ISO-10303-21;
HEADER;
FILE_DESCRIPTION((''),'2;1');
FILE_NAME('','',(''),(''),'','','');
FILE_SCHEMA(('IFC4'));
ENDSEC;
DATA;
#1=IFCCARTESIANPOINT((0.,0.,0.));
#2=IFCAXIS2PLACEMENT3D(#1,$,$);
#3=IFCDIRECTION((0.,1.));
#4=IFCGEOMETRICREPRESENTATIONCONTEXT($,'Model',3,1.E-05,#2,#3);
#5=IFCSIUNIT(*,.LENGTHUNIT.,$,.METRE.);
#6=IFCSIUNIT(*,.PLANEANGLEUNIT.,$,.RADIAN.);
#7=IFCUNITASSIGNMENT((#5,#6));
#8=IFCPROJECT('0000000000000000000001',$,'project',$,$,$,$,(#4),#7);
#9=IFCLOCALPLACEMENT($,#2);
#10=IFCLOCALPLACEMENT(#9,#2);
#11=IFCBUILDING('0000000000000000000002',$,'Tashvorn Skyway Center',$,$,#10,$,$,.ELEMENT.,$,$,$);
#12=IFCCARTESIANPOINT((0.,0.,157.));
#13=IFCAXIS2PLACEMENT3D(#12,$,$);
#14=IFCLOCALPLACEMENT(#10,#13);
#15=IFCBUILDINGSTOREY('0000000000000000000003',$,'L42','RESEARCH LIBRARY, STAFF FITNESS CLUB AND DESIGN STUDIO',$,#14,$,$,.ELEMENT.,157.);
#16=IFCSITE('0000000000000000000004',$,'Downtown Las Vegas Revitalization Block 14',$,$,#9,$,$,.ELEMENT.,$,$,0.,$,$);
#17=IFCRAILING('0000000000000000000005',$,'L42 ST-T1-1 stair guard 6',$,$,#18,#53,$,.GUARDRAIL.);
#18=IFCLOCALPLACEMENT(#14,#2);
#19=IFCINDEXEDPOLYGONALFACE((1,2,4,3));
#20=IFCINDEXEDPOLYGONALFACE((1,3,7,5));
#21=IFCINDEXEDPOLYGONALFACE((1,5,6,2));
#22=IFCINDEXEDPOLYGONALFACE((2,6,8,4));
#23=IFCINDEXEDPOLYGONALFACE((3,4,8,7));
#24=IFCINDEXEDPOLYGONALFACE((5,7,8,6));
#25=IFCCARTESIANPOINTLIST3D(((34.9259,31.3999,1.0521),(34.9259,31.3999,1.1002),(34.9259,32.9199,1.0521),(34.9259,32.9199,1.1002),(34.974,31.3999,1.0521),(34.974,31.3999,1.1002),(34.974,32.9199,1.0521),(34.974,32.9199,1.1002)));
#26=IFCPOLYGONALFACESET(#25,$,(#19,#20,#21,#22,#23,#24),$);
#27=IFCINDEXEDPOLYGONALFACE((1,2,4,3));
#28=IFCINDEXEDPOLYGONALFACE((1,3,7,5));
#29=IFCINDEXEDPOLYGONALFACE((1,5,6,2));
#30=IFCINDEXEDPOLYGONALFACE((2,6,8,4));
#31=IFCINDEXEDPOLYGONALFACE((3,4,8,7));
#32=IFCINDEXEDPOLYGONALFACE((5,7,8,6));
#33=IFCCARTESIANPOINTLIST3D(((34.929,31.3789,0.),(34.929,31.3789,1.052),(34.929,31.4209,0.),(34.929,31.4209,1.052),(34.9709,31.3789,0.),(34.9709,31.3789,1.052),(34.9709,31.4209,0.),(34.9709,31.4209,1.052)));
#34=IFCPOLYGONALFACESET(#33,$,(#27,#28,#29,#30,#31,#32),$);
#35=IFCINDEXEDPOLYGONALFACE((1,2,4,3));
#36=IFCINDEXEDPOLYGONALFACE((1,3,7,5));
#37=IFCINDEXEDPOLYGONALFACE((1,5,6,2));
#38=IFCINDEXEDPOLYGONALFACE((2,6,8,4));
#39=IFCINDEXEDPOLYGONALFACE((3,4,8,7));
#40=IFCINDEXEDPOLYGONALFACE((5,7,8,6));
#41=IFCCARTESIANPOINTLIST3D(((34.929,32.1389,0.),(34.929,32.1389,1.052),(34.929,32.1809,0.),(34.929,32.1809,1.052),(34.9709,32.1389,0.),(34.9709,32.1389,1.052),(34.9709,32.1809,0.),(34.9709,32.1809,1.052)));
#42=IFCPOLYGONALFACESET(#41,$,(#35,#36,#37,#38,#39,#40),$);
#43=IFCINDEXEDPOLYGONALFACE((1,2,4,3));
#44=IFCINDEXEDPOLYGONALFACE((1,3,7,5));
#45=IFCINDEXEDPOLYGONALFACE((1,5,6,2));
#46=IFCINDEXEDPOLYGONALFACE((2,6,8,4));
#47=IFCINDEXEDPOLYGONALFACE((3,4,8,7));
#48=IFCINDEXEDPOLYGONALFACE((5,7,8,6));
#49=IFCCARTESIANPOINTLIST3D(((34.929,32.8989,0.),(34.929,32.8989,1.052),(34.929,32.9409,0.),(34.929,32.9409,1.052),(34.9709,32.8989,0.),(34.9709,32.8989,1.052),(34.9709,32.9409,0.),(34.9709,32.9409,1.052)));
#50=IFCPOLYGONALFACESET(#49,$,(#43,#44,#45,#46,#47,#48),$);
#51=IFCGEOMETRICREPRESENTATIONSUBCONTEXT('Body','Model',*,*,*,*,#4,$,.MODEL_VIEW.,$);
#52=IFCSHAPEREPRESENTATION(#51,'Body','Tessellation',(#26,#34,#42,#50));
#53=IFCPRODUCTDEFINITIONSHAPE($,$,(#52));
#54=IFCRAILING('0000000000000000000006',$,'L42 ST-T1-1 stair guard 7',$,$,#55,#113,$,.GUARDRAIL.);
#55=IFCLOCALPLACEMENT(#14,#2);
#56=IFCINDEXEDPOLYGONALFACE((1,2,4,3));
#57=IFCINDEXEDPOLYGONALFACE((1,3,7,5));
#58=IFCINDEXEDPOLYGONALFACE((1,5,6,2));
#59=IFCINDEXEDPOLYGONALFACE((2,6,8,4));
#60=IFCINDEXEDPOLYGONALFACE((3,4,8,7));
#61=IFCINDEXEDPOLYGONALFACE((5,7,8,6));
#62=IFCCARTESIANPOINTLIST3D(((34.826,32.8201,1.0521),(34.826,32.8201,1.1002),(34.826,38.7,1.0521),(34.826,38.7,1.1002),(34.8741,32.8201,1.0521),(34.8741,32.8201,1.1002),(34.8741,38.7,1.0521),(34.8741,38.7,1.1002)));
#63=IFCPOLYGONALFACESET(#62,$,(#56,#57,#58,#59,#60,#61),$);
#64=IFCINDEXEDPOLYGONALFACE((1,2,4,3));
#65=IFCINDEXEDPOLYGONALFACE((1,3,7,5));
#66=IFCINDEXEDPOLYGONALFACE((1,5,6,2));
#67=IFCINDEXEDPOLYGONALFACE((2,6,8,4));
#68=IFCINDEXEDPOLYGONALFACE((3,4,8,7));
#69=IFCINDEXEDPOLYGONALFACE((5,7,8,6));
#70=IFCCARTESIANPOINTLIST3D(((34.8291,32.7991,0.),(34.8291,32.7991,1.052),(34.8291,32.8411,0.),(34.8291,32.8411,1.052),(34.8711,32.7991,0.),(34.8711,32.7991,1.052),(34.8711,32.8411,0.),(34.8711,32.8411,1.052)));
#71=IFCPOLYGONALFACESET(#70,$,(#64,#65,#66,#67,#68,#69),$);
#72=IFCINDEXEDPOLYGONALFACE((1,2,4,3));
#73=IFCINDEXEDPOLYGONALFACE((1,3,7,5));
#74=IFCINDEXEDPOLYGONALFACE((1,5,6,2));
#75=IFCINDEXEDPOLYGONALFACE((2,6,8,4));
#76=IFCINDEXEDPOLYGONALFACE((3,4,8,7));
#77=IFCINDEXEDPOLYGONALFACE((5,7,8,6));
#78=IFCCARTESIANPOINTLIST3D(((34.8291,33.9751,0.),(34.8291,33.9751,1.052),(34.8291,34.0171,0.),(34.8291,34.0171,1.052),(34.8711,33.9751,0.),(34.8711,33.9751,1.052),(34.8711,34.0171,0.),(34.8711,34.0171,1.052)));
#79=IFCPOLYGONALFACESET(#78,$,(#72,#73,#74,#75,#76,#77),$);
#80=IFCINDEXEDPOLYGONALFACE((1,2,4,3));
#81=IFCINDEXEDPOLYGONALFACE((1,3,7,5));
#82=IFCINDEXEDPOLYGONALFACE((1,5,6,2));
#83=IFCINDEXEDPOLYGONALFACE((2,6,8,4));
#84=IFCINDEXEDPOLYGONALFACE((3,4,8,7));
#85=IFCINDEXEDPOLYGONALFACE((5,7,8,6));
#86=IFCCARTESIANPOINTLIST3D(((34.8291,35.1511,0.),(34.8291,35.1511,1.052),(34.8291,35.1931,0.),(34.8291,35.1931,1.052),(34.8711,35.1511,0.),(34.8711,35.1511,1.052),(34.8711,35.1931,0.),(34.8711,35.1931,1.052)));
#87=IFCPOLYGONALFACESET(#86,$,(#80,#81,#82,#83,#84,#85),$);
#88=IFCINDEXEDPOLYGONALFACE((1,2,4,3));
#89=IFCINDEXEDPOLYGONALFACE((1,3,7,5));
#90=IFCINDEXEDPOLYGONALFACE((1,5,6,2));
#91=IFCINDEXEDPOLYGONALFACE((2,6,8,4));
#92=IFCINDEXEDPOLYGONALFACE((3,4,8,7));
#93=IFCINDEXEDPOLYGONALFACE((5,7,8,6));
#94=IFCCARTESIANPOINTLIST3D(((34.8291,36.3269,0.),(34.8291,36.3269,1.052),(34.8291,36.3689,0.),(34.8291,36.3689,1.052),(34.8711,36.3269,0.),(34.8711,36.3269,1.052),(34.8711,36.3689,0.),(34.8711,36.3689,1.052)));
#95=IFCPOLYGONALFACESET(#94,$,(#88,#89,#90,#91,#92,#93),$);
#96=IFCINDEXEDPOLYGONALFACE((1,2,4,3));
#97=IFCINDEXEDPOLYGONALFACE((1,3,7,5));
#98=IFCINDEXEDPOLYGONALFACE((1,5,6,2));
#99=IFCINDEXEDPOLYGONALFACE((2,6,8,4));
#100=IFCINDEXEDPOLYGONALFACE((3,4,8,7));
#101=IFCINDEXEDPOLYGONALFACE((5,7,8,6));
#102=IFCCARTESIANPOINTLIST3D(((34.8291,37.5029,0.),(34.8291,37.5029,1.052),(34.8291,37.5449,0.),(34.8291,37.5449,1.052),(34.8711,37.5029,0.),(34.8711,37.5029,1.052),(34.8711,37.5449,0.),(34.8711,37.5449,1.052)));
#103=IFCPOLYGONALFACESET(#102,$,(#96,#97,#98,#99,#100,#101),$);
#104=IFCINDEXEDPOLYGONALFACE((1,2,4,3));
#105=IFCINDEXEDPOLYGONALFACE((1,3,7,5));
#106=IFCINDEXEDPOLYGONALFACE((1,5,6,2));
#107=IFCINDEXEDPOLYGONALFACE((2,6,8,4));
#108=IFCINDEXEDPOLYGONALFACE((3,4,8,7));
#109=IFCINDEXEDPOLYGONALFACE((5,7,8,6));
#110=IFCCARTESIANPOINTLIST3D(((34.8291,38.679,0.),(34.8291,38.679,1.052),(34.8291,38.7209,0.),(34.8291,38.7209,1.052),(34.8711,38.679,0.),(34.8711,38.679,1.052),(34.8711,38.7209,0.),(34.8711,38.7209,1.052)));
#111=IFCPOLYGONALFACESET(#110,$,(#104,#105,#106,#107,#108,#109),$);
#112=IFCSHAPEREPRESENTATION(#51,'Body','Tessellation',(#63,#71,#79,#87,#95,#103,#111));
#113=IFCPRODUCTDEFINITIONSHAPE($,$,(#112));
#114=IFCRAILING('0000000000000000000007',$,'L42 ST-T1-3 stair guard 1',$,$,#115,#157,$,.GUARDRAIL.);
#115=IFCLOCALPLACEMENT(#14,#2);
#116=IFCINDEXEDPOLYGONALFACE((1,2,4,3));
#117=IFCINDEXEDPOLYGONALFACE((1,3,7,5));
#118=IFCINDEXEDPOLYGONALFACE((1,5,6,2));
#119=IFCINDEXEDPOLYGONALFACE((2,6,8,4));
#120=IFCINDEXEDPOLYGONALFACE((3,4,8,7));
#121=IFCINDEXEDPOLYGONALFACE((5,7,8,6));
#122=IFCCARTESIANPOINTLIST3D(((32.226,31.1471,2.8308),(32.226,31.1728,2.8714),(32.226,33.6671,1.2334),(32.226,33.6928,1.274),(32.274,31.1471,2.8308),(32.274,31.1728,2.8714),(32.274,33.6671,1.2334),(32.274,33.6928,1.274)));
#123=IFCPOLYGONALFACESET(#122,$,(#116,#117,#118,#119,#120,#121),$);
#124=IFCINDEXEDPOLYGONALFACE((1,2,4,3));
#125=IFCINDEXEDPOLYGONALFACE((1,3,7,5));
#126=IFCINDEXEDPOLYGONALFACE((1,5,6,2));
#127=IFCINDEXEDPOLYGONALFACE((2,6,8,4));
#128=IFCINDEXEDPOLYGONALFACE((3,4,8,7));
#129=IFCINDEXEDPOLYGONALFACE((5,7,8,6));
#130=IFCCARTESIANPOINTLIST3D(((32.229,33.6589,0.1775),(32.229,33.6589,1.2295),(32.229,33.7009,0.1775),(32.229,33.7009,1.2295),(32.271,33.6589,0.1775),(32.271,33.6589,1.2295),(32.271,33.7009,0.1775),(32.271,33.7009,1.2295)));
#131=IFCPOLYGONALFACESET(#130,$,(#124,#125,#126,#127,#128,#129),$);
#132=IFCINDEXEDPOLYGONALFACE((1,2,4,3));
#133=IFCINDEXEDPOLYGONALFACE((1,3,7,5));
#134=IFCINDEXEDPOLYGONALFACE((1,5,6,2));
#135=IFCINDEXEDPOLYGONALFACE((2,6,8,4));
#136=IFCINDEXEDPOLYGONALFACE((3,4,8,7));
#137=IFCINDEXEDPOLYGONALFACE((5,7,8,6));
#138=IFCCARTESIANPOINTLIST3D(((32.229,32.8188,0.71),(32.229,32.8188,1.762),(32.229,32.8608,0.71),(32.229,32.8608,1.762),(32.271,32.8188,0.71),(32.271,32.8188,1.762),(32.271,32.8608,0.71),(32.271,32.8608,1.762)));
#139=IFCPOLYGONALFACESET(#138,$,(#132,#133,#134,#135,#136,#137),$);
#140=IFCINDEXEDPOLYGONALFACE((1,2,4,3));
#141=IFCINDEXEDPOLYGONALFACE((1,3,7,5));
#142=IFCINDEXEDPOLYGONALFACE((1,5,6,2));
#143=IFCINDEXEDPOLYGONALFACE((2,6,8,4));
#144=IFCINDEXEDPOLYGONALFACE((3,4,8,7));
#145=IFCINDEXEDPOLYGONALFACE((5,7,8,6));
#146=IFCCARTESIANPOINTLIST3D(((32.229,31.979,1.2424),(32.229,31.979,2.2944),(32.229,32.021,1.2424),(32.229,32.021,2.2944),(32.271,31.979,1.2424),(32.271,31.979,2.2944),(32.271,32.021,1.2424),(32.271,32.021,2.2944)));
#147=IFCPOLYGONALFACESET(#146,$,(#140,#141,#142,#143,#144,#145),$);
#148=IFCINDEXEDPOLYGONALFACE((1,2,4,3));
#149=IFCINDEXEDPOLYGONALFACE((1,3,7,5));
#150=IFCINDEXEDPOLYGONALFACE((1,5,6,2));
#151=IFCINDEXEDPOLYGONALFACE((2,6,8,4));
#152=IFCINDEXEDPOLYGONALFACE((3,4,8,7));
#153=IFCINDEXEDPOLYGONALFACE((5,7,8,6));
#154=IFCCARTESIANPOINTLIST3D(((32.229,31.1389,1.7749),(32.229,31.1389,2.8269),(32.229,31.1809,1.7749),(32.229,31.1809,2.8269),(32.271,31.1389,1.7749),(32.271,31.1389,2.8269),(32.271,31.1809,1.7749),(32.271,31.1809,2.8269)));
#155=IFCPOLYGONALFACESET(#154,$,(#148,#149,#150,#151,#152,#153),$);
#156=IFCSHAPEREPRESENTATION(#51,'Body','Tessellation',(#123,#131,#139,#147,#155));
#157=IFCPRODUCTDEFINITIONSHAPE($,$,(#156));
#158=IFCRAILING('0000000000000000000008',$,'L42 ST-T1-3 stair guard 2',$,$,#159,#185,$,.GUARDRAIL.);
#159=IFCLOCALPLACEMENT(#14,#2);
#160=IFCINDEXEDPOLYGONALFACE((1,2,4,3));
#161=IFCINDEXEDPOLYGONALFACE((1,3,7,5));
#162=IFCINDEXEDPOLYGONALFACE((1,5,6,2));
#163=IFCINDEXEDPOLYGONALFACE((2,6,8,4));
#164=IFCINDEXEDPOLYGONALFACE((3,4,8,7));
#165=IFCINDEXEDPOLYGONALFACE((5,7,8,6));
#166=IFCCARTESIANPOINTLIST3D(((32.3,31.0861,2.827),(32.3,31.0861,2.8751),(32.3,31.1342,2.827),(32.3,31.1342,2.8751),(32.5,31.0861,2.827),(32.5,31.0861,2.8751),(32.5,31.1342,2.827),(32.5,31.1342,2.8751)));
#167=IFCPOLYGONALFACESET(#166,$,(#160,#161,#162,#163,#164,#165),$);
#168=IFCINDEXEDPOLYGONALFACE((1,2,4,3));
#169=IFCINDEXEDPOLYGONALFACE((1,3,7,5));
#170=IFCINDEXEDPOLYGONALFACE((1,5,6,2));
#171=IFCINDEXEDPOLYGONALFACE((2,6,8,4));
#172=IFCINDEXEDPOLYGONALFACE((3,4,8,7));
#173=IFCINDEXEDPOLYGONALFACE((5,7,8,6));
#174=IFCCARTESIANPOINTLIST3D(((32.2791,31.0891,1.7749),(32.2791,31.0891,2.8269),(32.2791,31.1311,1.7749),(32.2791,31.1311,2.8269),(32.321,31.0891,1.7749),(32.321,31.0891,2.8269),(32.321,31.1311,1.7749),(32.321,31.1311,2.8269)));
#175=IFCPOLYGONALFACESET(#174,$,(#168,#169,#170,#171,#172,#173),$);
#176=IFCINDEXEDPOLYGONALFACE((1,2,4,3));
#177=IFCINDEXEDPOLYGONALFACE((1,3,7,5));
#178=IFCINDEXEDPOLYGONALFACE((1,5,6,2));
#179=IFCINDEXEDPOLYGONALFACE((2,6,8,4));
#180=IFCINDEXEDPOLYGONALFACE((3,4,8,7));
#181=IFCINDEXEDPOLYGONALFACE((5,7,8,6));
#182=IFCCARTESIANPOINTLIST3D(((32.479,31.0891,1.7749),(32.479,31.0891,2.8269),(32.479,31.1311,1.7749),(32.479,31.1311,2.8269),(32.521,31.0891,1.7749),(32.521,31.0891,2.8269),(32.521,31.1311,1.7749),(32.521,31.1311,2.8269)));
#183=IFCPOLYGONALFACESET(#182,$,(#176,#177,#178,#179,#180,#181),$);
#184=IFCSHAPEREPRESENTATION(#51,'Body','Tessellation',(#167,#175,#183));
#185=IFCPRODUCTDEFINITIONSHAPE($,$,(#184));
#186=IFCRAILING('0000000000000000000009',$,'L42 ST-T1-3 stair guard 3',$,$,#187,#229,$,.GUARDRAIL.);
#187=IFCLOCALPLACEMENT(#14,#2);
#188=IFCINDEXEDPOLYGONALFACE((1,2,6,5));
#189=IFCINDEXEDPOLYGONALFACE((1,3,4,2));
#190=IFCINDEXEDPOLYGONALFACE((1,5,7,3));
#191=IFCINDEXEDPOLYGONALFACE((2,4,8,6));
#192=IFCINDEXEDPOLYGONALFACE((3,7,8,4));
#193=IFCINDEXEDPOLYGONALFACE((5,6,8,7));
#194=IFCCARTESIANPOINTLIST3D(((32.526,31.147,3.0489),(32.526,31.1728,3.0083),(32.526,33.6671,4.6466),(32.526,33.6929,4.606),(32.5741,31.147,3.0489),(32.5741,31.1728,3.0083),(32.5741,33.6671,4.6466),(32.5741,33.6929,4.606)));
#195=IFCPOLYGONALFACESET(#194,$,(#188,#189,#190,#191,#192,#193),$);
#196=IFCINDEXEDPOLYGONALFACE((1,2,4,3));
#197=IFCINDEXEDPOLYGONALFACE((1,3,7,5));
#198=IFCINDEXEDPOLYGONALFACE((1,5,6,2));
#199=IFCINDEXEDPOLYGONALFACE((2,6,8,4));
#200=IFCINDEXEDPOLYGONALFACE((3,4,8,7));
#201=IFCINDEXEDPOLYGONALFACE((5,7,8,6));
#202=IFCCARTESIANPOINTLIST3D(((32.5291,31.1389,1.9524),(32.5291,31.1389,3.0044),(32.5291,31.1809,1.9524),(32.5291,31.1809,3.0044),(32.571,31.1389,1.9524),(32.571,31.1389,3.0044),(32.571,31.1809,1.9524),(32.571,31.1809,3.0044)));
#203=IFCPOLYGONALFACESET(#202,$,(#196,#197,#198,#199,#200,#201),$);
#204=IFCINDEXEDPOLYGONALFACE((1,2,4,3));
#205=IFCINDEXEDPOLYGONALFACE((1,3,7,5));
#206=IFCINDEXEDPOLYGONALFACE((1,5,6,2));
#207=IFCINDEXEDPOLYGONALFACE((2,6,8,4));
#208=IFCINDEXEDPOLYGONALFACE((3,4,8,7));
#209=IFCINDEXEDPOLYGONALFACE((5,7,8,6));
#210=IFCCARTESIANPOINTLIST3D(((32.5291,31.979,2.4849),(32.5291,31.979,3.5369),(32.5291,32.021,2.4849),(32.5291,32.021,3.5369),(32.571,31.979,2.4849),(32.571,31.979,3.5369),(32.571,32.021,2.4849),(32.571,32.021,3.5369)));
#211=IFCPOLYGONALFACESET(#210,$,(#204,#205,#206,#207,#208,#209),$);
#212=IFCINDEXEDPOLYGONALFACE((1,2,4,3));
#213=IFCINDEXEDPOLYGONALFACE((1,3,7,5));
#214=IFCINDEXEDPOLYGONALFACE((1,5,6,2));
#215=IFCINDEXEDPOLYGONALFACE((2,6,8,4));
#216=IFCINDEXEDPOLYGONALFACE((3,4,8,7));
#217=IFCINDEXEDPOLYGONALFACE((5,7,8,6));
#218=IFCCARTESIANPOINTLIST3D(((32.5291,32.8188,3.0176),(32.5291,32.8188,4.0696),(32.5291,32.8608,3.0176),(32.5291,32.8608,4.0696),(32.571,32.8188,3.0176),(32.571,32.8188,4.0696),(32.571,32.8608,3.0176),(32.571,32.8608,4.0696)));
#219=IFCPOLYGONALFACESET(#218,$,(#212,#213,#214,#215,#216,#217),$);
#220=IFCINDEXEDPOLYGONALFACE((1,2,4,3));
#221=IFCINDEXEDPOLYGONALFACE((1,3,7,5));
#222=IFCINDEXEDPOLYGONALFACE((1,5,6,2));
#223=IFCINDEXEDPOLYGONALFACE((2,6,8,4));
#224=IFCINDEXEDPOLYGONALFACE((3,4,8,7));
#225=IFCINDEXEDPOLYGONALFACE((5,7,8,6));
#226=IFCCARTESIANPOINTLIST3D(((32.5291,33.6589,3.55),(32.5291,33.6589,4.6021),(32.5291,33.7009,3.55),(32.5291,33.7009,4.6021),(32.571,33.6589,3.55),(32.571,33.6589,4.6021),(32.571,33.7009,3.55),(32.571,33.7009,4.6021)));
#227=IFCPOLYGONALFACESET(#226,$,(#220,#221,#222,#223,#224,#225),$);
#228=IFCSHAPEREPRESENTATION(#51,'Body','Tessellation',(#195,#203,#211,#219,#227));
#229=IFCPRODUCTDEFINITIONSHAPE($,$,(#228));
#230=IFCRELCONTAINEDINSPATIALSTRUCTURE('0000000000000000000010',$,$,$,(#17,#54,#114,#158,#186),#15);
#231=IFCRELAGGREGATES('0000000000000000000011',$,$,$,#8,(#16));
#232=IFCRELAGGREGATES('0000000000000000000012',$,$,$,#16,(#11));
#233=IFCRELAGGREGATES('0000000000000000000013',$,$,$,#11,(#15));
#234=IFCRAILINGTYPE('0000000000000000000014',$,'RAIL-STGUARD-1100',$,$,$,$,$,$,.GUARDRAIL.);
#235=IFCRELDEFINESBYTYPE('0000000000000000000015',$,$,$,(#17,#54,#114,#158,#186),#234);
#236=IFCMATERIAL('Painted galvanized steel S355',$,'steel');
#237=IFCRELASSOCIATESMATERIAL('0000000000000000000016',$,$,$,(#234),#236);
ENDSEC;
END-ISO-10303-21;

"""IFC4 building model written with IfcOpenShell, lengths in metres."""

from ifc_helpers import new_model, si_unit, direction, frame, origin, origin_2d, place, context, subcontext, project, spatial, rectangle, extrude, material, type_object, element, save


model = new_model("IFC4")

# Units and contexts
model_context = context("Model", 3, precision=1e-05, world=origin(), true_north=direction((0.0, 1.0)))
body_context = subcontext(model_context, "Body", "Model", "MODEL_VIEW")
ifc_project = project(units=[si_unit("LENGTHUNIT", "METRE"), si_unit("PLANEANGLEUNIT", "RADIAN")], contexts=[model_context])

# Site, building, storey
site_placement = place(None, origin())
site = spatial("IfcSite", under=ifc_project, at=site_placement, Name="Downtown Las Vegas Revitalization Block 14", CompositionType="ELEMENT", RefElevation=0.0)
building_placement = place(site_placement, origin())
building = spatial("IfcBuilding", under=site, at=building_placement, Name="Tashvorn Skyway Center", CompositionType="ELEMENT")
storey_placement = place(building_placement, frame((0.0, 0.0, 157.0)))
storey = spatial("IfcBuildingStorey", under=building, at=storey_placement, Name="L42", Description="RESEARCH LIBRARY, STAFF FITNESS CLUB AND DESIGN STUDIO", CompositionType="ELEMENT", Elevation=157.0)

# Railings
ifc_material_1 = material(Name="Painted galvanized steel S355", Category="steel")
railing_type_1 = type_object("IfcRailingType", Name="RAIL-STGUARD-1100", PredefinedType="GUARDRAIL", material=ifc_material_1)
railing_1_placement = place(storey_placement, frame((34.95, 31.3999, 0.0)))
element("IfcRailing", 1, at=railing_1_placement, inside=storey, type_object=railing_type_1, Name="L42 ST-T1-1 stair guard 6", PredefinedType="GUARDRAIL", context=body_context, shape_type="SweptSolid", body=[
    extrude(rectangle(XDim=0.0481, YDim=0.0481, at=origin_2d()), frame((0.0, 0.0, 1.0762), z_axis=(0.0, 1.0, 0.0), x_axis=(-1.0, 0.0, 0.0)), (0.0, 0.0, 1.0), 1.52),
    extrude(rectangle(XDim=0.042, YDim=0.042, at=origin_2d()), origin(), (0.0, 0.0, 1.0), 1.052),
    extrude(rectangle(XDim=0.042, YDim=0.042, at=origin_2d()), frame((0.0, 0.76, 0.0)), (0.0, 0.0, 1.0), 1.052),
    extrude(rectangle(XDim=0.042, YDim=0.042, at=origin_2d()), frame((0.0, 1.52, 0.0)), (0.0, 0.0, 1.0), 1.052),
])
railing_2_placement = place(storey_placement, frame((34.8501, 32.8201, 0.0)))
element("IfcRailing", 2, at=railing_2_placement, inside=storey, type_object=railing_type_1, Name="L42 ST-T1-1 stair guard 7", PredefinedType="GUARDRAIL", context=body_context, shape_type="SweptSolid", body=[
    extrude(rectangle(XDim=0.0481, YDim=0.0481, at=origin_2d()), frame((0.0, 0.0, 1.0762), z_axis=(0.0, 1.0, 0.0), x_axis=(-1.0, 0.0, 0.0)), (0.0, 0.0, 1.0), 5.8799),
    extrude(rectangle(XDim=0.042, YDim=0.042, at=origin_2d()), origin(), (0.0, 0.0, 1.0), 1.052),
    extrude(rectangle(XDim=0.042, YDim=0.042, at=origin_2d()), frame((0.0, 1.176, 0.0)), (0.0, 0.0, 1.0), 1.052),
    extrude(rectangle(XDim=0.042, YDim=0.042, at=origin_2d()), frame((0.0, 2.3521, 0.0)), (0.0, 0.0, 1.0), 1.052),
    extrude(rectangle(XDim=0.042, YDim=0.042, at=origin_2d()), frame((0.0, 3.5278, 0.0)), (0.0, 0.0, 1.0), 1.052),
    extrude(rectangle(XDim=0.042, YDim=0.042, at=origin_2d()), frame((0.0, 4.7039, 0.0)), (0.0, 0.0, 1.0), 1.052),
    extrude(rectangle(XDim=0.042, YDim=0.042, at=origin_2d()), frame((0.0, 5.8799, 0.0)), (0.0, 0.0, 1.0), 1.052),
])
railing_3_placement = place(storey_placement, frame((32.25, 33.6799, 0.1775)))
element("IfcRailing", 3, at=railing_3_placement, inside=storey, type_object=railing_type_1, Name="L42 ST-T1-3 stair guard 1", PredefinedType="GUARDRAIL", context=body_context, shape_type="SweptSolid", body=[
    extrude(rectangle(XDim=0.0481, YDim=0.0481, at=origin_2d()), frame((0.0, 0.0, 1.0762), z_axis=(0.0, -0.844607, 0.535387), x_axis=(1.0, 0.0, 0.0)), (0.0, 0.0, 1.0), 2.9836),
    extrude(rectangle(XDim=0.042, YDim=0.042, at=origin_2d()), origin(), (0.0, 0.0, 1.0), 1.052),
    extrude(rectangle(XDim=0.042, YDim=0.042, at=origin_2d()), frame((0.0, -0.8401, 0.5325)), (0.0, 0.0, 1.0), 1.052),
    extrude(rectangle(XDim=0.042, YDim=0.042, at=origin_2d()), frame((0.0, -1.6799, 1.0649)), (0.0, 0.0, 1.0), 1.052),
    extrude(rectangle(XDim=0.042, YDim=0.042, at=origin_2d()), frame((0.0, -2.52, 1.5974)), (0.0, 0.0, 1.0), 1.052),
])
railing_4_placement = place(storey_placement, frame((32.3, 31.1101, 1.7749)))
element("IfcRailing", 4, at=railing_4_placement, inside=storey, type_object=railing_type_1, Name="L42 ST-T1-3 stair guard 2", PredefinedType="GUARDRAIL", context=body_context, shape_type="SweptSolid", body=[
    extrude(rectangle(XDim=0.0481, YDim=0.0481, at=origin_2d()), frame((0.0, 0.0, 1.0762), z_axis=(1.0, 0.0, 0.0), x_axis=(0.0, 1.0, 0.0)), (0.0, 0.0, 1.0), 0.2),
    extrude(rectangle(XDim=0.042, YDim=0.042, at=origin_2d()), origin(), (0.0, 0.0, 1.0), 1.052),
    extrude(rectangle(XDim=0.042, YDim=0.042, at=origin_2d()), frame((0.2, 0.0, 0.0)), (0.0, 0.0, 1.0), 1.052),
])
railing_5_placement = place(storey_placement, frame((32.55, 31.1599, 1.9524)))
element("IfcRailing", 5, at=railing_5_placement, inside=storey, type_object=railing_type_1, Name="L42 ST-T1-3 stair guard 3", PredefinedType="GUARDRAIL", context=body_context, shape_type="SweptSolid", body=[
    extrude(rectangle(XDim=0.0481, YDim=0.0481, at=origin_2d()), frame((0.0, 0.0, 1.0762), z_axis=(0.0, 0.84457, 0.535445), x_axis=(-1.0, 0.0, 0.0)), (0.0, 0.0, 1.0), 2.9839),
    extrude(rectangle(XDim=0.042, YDim=0.042, at=origin_2d()), origin(), (0.0, 0.0, 1.0), 1.052),
    extrude(rectangle(XDim=0.042, YDim=0.042, at=origin_2d()), frame((0.0, 0.8401, 0.5325)), (0.0, 0.0, 1.0), 1.052),
    extrude(rectangle(XDim=0.042, YDim=0.042, at=origin_2d()), frame((0.0, 1.6799, 1.0652)), (0.0, 0.0, 1.0), 1.052),
    extrude(rectangle(XDim=0.042, YDim=0.042, at=origin_2d()), frame((0.0, 2.52, 1.5977)), (0.0, 0.0, 1.0), 1.052),
])

save(model, "model.ifc")
